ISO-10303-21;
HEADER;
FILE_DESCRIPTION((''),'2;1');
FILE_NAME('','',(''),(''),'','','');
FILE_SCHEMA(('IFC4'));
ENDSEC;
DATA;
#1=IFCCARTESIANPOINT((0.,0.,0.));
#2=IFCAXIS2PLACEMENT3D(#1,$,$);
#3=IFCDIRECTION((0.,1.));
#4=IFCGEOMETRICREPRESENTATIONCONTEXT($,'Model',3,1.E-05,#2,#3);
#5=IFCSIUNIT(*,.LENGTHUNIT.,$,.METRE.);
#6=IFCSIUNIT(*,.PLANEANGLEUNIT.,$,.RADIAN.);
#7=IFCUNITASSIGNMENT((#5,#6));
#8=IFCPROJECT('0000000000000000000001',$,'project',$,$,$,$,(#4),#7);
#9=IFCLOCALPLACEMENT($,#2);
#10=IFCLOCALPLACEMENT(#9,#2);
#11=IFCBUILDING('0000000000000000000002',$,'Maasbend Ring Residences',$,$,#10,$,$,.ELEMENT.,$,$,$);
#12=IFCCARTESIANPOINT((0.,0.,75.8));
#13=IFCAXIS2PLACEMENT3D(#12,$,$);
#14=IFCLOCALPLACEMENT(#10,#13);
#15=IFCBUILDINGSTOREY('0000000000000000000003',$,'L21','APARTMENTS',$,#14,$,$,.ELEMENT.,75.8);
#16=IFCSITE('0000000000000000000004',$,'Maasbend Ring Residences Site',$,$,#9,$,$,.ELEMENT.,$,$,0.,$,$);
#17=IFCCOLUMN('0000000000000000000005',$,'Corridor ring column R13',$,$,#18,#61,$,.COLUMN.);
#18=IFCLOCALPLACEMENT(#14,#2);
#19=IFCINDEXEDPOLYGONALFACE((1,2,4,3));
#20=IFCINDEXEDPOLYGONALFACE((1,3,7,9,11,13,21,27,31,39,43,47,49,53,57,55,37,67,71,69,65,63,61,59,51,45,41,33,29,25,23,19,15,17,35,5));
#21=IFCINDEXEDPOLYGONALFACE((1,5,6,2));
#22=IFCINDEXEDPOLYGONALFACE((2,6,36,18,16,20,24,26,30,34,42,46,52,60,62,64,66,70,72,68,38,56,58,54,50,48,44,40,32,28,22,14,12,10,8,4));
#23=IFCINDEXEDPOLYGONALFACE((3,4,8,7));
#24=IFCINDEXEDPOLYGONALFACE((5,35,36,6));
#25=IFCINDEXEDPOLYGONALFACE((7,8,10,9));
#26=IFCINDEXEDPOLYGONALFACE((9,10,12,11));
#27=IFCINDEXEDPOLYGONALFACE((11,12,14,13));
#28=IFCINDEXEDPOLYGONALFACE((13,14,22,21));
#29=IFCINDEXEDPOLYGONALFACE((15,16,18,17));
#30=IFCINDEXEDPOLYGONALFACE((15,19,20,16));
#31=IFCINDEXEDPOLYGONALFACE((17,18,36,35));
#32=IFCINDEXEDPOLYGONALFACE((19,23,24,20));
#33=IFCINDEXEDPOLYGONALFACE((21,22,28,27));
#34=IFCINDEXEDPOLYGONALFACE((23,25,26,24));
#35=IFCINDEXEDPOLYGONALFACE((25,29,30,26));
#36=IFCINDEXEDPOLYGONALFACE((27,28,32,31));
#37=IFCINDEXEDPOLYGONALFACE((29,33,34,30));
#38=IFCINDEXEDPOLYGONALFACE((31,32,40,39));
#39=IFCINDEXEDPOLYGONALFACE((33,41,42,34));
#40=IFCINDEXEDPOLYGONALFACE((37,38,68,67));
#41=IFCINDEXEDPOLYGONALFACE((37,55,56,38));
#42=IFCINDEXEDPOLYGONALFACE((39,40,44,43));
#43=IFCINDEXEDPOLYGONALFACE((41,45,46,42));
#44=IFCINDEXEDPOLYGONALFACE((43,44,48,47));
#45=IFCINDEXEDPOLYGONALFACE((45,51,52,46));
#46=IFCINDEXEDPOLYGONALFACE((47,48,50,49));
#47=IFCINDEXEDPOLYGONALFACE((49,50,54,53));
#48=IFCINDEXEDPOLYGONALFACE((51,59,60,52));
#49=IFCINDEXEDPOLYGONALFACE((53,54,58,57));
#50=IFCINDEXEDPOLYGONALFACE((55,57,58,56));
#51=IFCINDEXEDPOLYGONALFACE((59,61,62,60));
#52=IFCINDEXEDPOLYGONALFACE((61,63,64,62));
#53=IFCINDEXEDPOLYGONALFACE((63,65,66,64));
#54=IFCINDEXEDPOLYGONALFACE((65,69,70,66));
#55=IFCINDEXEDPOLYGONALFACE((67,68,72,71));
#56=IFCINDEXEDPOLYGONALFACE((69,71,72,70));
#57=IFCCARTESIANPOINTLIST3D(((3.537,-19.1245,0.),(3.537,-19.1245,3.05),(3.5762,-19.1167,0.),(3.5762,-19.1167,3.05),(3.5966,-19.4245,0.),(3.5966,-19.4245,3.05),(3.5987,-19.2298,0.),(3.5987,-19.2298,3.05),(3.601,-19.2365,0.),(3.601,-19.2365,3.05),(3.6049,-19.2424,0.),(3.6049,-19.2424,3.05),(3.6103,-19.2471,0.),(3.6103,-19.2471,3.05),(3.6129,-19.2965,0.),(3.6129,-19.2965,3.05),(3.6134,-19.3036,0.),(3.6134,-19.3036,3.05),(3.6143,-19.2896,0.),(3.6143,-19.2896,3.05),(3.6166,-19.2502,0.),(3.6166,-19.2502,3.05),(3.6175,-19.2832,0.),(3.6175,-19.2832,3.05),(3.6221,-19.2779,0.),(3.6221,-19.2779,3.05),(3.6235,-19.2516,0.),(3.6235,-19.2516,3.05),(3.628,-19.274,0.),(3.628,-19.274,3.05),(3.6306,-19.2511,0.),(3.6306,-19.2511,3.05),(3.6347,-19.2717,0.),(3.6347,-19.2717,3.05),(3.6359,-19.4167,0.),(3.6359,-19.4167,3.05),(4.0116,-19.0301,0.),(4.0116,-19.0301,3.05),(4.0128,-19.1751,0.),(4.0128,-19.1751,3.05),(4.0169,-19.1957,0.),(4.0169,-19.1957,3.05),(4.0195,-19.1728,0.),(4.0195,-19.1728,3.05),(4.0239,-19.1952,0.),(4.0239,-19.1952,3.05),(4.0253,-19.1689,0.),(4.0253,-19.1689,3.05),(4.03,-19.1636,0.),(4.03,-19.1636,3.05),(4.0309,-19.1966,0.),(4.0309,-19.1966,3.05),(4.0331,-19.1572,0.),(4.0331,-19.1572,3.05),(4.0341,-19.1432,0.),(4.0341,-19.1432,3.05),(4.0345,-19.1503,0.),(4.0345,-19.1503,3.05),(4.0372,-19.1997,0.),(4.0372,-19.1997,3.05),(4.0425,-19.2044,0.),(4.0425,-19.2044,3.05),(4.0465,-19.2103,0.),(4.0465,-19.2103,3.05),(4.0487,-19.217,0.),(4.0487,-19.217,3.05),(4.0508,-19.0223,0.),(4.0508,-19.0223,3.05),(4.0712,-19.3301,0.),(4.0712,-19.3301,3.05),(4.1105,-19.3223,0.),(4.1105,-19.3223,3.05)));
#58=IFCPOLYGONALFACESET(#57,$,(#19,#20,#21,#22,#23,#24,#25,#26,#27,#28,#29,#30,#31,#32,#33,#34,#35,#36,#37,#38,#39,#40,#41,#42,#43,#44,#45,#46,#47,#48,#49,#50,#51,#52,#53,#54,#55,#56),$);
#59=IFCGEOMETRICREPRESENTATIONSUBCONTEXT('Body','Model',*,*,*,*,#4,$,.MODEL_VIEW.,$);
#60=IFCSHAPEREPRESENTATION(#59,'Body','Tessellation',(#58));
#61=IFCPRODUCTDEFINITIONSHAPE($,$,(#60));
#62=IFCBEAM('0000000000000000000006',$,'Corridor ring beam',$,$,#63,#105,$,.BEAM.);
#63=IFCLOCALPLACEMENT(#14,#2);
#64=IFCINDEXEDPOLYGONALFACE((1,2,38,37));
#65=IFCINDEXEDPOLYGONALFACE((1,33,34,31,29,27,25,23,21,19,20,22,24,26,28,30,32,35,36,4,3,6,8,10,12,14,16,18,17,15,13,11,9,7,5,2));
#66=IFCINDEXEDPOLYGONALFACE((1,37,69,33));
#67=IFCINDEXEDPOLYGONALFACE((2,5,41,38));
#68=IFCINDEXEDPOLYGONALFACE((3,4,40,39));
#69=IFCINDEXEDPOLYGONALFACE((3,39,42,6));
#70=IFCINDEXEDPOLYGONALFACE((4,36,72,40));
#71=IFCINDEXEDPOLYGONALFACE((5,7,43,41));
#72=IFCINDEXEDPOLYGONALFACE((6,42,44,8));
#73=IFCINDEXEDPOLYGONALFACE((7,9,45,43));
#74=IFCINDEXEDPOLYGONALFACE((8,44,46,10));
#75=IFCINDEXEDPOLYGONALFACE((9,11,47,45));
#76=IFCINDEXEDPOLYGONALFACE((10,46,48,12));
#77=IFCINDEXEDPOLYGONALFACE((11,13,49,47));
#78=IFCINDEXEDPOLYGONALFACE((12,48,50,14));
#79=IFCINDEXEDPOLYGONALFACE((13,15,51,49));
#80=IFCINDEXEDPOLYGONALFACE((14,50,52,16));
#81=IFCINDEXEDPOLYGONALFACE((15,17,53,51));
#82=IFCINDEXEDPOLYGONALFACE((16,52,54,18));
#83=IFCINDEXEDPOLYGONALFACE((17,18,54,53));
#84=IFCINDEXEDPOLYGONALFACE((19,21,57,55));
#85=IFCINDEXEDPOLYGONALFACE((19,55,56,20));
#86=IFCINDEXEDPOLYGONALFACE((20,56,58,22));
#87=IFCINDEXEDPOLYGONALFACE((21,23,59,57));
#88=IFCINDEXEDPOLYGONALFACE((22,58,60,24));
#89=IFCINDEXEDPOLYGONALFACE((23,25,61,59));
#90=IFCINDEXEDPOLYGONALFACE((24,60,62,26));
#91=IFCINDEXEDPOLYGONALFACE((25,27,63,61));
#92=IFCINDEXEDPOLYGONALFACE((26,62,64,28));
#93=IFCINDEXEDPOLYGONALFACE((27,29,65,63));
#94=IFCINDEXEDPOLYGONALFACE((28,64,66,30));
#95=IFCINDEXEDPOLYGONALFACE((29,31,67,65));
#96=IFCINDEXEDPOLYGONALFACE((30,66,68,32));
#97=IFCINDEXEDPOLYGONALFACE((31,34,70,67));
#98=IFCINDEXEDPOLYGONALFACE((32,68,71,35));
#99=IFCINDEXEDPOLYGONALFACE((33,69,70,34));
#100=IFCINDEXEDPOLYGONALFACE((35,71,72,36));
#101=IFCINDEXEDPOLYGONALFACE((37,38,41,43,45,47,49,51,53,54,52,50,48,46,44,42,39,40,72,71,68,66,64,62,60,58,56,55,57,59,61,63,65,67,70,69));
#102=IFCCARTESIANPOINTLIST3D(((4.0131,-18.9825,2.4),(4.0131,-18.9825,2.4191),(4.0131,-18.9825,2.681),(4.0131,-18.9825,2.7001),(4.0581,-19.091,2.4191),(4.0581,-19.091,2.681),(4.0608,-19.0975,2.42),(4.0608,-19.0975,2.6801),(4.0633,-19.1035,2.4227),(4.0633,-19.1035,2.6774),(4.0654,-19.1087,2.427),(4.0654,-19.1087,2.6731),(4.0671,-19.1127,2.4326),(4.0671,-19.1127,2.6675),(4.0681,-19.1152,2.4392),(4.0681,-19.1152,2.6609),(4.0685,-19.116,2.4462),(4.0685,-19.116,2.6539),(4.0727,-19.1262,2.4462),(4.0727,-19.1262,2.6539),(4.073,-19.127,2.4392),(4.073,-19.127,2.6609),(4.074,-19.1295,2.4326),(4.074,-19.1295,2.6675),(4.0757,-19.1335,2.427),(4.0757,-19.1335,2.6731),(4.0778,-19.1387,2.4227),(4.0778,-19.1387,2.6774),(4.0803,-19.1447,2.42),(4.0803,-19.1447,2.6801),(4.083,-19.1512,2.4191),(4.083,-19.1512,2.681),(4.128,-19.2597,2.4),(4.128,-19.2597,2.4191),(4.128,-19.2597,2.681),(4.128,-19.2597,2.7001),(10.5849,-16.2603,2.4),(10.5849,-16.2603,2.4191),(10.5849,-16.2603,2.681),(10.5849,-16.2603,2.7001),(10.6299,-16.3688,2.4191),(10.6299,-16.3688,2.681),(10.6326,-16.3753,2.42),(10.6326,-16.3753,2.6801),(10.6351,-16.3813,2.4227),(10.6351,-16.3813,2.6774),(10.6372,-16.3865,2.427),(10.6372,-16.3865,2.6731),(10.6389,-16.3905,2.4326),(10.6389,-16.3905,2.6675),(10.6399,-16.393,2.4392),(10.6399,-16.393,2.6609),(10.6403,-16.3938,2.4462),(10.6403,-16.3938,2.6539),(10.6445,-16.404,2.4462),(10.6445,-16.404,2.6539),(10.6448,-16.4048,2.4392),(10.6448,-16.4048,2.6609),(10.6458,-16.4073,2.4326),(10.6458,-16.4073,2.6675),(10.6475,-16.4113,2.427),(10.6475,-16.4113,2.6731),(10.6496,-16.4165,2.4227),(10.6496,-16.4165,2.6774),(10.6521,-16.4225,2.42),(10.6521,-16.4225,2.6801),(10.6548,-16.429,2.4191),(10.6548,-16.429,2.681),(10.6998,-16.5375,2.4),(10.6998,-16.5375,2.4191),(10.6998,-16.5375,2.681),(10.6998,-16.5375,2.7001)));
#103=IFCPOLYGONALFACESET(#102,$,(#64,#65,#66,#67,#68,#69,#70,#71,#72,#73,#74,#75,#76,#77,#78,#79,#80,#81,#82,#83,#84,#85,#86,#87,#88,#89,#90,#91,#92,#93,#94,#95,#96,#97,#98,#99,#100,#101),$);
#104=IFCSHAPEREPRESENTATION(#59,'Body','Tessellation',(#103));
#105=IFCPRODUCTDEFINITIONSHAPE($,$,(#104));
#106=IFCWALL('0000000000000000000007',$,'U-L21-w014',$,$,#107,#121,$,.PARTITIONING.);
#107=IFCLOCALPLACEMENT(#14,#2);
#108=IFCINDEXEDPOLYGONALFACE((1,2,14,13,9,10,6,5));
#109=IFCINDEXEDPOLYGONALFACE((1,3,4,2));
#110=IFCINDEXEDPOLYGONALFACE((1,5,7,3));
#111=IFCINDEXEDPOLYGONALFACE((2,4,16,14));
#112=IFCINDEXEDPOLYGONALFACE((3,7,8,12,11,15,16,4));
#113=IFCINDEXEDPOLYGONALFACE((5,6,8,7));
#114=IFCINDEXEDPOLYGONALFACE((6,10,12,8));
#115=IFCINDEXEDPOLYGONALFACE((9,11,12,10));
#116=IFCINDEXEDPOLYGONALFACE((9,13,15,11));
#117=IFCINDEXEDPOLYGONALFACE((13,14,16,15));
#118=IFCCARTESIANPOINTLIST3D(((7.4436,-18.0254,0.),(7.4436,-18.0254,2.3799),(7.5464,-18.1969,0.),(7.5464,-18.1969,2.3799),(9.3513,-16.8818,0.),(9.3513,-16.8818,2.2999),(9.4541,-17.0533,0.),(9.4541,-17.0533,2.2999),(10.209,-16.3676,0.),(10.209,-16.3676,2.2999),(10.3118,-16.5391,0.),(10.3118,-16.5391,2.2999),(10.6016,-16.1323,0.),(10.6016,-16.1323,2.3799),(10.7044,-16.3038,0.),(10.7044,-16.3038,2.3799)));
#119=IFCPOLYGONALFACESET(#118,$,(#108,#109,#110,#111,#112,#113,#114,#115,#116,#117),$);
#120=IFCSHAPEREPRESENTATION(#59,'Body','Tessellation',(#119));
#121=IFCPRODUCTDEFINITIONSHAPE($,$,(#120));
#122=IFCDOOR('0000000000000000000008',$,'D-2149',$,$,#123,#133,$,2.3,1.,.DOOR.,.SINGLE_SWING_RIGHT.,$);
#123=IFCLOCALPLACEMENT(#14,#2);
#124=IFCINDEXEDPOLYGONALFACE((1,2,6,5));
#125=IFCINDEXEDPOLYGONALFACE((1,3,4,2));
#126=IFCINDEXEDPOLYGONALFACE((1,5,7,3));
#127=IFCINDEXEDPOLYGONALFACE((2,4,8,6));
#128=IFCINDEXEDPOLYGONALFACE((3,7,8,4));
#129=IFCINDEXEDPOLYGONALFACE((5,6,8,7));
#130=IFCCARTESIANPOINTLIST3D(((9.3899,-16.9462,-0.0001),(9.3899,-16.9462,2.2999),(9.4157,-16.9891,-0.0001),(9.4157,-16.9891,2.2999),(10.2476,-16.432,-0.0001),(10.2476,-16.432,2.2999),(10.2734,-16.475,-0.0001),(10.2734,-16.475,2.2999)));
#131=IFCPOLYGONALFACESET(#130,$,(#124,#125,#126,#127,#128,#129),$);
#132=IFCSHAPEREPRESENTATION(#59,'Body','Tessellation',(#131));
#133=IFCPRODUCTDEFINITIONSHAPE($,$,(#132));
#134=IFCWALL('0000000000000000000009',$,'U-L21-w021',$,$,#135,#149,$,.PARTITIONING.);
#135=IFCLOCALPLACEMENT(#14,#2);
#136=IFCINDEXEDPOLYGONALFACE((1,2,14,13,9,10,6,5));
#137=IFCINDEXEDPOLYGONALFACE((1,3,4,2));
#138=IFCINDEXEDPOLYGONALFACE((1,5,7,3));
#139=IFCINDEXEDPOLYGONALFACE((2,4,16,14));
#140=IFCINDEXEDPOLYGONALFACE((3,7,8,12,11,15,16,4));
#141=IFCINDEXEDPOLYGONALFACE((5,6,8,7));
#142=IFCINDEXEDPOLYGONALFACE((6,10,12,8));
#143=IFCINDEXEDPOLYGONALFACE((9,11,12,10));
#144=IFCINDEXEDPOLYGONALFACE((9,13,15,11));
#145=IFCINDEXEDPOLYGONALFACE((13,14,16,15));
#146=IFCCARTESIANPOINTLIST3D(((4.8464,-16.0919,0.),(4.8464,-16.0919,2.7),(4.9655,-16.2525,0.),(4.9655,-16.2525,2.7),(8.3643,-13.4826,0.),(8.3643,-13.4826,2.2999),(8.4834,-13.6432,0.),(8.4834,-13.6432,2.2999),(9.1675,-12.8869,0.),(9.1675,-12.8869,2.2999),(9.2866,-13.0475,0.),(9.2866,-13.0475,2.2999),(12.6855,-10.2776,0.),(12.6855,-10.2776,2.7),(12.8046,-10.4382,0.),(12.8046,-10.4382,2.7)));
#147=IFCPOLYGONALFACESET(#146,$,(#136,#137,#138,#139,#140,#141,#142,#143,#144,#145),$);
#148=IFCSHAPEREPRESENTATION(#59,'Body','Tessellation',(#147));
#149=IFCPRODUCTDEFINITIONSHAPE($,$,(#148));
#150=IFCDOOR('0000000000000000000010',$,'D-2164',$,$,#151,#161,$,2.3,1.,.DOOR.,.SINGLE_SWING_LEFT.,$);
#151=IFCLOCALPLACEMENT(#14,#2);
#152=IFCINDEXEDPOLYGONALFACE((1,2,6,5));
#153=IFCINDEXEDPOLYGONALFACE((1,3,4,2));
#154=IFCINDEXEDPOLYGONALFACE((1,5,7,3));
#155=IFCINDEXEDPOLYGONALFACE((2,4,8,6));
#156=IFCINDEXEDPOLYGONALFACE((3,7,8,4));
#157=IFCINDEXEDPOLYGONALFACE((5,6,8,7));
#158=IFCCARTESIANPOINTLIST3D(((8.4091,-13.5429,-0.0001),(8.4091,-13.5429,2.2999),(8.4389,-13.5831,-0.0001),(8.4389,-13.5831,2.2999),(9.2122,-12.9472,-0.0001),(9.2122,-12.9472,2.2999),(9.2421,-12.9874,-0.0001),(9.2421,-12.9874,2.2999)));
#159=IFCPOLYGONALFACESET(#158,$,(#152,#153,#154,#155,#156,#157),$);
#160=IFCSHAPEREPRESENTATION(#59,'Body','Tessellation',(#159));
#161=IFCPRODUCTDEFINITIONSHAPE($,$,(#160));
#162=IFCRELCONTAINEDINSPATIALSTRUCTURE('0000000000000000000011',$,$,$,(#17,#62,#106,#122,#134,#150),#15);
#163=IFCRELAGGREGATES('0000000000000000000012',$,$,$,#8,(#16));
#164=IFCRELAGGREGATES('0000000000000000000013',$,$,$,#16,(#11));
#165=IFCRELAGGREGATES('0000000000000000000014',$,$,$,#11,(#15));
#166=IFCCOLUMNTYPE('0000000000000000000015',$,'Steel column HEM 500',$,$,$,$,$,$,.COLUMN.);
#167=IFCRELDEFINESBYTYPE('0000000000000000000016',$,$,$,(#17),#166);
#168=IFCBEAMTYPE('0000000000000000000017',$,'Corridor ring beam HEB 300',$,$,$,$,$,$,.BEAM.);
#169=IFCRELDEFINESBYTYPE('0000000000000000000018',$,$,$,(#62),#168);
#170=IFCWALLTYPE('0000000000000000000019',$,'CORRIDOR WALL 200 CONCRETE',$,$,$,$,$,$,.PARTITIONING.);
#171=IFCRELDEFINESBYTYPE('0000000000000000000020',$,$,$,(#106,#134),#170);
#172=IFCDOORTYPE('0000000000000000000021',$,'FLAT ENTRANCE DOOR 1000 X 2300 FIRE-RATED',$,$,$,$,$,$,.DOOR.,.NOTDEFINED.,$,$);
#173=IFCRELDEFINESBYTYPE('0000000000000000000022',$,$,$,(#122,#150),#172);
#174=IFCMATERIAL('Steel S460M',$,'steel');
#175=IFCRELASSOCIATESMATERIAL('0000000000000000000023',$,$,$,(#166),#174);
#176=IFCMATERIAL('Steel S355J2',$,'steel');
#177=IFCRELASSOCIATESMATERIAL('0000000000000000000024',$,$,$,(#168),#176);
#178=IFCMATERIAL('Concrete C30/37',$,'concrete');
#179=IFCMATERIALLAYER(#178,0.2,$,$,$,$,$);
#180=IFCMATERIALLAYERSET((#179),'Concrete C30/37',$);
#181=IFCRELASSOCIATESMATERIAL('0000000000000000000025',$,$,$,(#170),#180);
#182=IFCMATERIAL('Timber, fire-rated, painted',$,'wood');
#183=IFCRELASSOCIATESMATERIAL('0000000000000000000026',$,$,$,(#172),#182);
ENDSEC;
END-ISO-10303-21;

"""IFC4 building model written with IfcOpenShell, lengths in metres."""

from ifc_helpers import new_model, si_unit, direction, frame, frame_2d, origin, origin_2d, place, context, subcontext, project, spatial, rectangle, i_section, extrude, material, layer, layer_set, material_profile, profile_set, type_object, element, fill, save


model = new_model("IFC4")

# Units and contexts
model_context = context("Model", 3, precision=1e-05, world=origin(), true_north=direction((0.0, 1.0)))
body_context = subcontext(model_context, "Body", "Model", "MODEL_VIEW")
ifc_project = project(units=[si_unit("LENGTHUNIT", "METRE"), si_unit("PLANEANGLEUNIT", "RADIAN")], contexts=[model_context])

# Site, building, storey
site_placement = place(None, origin())
site = spatial("IfcSite", under=ifc_project, at=site_placement, Name="Maasbend Ring Residences Site", CompositionType="ELEMENT", RefElevation=0.0)
building_placement = place(site_placement, origin())
building = spatial("IfcBuilding", under=site, at=building_placement, Name="Maasbend Ring Residences", CompositionType="ELEMENT")
storey_placement = place(building_placement, frame((0.0, 0.0, 75.8)))
storey = spatial("IfcBuildingStorey", under=building, at=storey_placement, Name="L21", Description="APARTMENTS", CompositionType="ELEMENT", Elevation=75.8)

# Column
ifc_material_1 = material(Name="Steel S460M", Category="steel")
ifc_material_profile_1 = material_profile(ifc_material_1, i_section(OverallWidth=0.3059, OverallDepth=0.5239, WebThickness=0.021, FlangeThickness=0.04, FilletRadius=0.0271, at=origin_2d()), Name="HEM 500")
ifc_profile_set_1 = profile_set([ifc_material_profile_1], Name="Steel S460M")
column_type = type_object("IfcColumnType", Name="Steel column HEM 500", PredefinedType="COLUMN", material=ifc_profile_set_1)
column_placement = place(storey_placement, frame((3.8237, -19.2234, 0.0), z_axis=(0.0, 0.0, 1.0), x_axis=(0.19509, -0.980785, 0.0)))
element("IfcColumn", 1, at=column_placement, inside=storey, type_object=column_type, Name="Corridor ring column R13", PredefinedType="COLUMN", context=body_context, shape_type="SweptSolid", body=[
    extrude(i_section(OverallWidth=0.3059, OverallDepth=0.5239, WebThickness=0.021, FlangeThickness=0.04, FilletRadius=0.0271, at=origin_2d()), origin(), (0.0, 0.0, 1.0), 3.05),
])

# Beam
ifc_material_2 = material(Name="Steel S355J2", Category="steel")
ifc_material_profile_2 = material_profile(ifc_material_2, i_section(OverallWidth=0.3, OverallDepth=0.3, WebThickness=0.011, FlangeThickness=0.019, FilletRadius=0.0271, at=origin_2d()), Name="HEB 300")
ifc_profile_set_2 = profile_set([ifc_material_profile_2], Name="Steel S355J2")
beam_type = type_object("IfcBeamType", Name="Corridor ring beam HEB 300", PredefinedType="BEAM", material=ifc_profile_set_2)
beam_placement = place(storey_placement, frame((4.0706, -19.1211, 2.55), z_axis=(0.923877, 0.382689, 0.0), x_axis=(-0.382689, 0.923877, 0.0)))
element("IfcBeam", 2, at=beam_placement, inside=storey, type_object=beam_type, Name="Corridor ring beam", PredefinedType="BEAM", context=body_context, shape_type="SweptSolid", body=[
    extrude(i_section(OverallWidth=0.3, OverallDepth=0.3, WebThickness=0.011, FlangeThickness=0.019, FilletRadius=0.0271, at=origin_2d()), origin(), (0.0, 0.0, 1.0), 7.1133),
])

# Walls, openings, doors
ifc_material_3 = material(Name="Concrete C30/37", Category="concrete")
ifc_layer_1 = layer(ifc_material_3, 0.2)
ifc_layer_set_1 = layer_set([ifc_layer_1], Name="Concrete C30/37")
wall_type_1 = type_object("IfcWallType", Name="CORRIDOR WALL 200 CONCRETE", PredefinedType="PARTITIONING", material=ifc_layer_set_1)
wall_1_placement = place(storey_placement, frame((7.4951, -18.1111, 0.0), z_axis=(0.0, 0.0, 1.0), x_axis=(0.857698, 0.514154, 0.0)))
wall_1 = element("IfcWall", 3, at=wall_1_placement, inside=storey, type_object=wall_type_1, Name="U-L21-w014", PredefinedType="PARTITIONING", context=body_context, shape_type="SweptSolid", body=[
    extrude(rectangle(XDim=3.6819, YDim=0.2, at=frame_2d((1.8408, 0.0))), origin(), (0.0, 0.0, 1.0), 2.3799),
])
opening_1_placement = place(wall_1_placement, frame((2.2241, 0.0, 0.0)))
opening_1 = element("IfcOpeningElement", 4, at=opening_1_placement, cuts=wall_1, PredefinedType="OPENING", context=body_context, shape_type="SweptSolid", body=[
    extrude(rectangle(XDim=1.0, YDim=2.3, at=frame_2d((0.5, 1.1499))), frame((0.0, 0.1099, 0.0), z_axis=(0.0, -1.0, 0.0), x_axis=(1.0, 0.0, 0.0)), (0.0, 0.0, 1.0), 0.22),
])
ifc_material_4 = material(Name="Timber, fire-rated, painted", Category="wood")
door_type_1 = type_object("IfcDoorType", Name="FLAT ENTRANCE DOOR 1000 X 2300 FIRE-RATED", OperationType="NOTDEFINED", PredefinedType="DOOR", material=ifc_material_4)
door_1_placement = place(opening_1_placement, origin())
door_1 = element("IfcDoor", 5, at=door_1_placement, inside=storey, type_object=door_type_1, Name="D-2149", OperationType="SINGLE_SWING_RIGHT", OverallHeight=2.3, OverallWidth=1.0, PredefinedType="DOOR", context=body_context, shape_type="SweptSolid", body=[
    extrude(rectangle(XDim=1.0, YDim=2.3, at=frame_2d((0.5, 1.1499))), frame((0.0, 0.0249, 0.0), z_axis=(0.0, -1.0, 0.0), x_axis=(1.0, 0.0, 0.0)), (0.0, 0.0, 1.0), 0.05),
])
fill(opening_1, door_1)
wall_2_placement = place(storey_placement, frame((4.906, -16.1721, 0.0), z_axis=(0.0, 0.0, 1.0), x_axis=(0.803191, 0.595721, 0.0)))
wall_2 = element("IfcWall", 6, at=wall_2_placement, inside=storey, type_object=wall_type_1, Name="U-L21-w021", PredefinedType="PARTITIONING", context=body_context, shape_type="SweptSolid", body=[
    extrude(rectangle(XDim=9.76, YDim=0.2, at=frame_2d((4.8799, 0.0))), origin(), (0.0, 0.0, 1.0), 2.7),
])
opening_2_placement = place(wall_2_placement, frame((4.3799, 0.0, 0.0)))
opening_2 = element("IfcOpeningElement", 7, at=opening_2_placement, cuts=wall_2, PredefinedType="OPENING", context=body_context, shape_type="SweptSolid", body=[
    extrude(rectangle(XDim=1.0, YDim=2.3, at=frame_2d((0.5, 1.1499))), frame((0.0, 0.1099, 0.0), z_axis=(0.0, -1.0, 0.0), x_axis=(1.0, 0.0, 0.0)), (0.0, 0.0, 1.0), 0.22),
])
door_2_placement = place(opening_2_placement, origin())
door_2 = element("IfcDoor", 8, at=door_2_placement, inside=storey, type_object=door_type_1, Name="D-2164", OperationType="SINGLE_SWING_LEFT", OverallHeight=2.3, OverallWidth=1.0, PredefinedType="DOOR", context=body_context, shape_type="SweptSolid", body=[
    extrude(rectangle(XDim=1.0, YDim=2.3, at=frame_2d((0.5, 1.1499))), frame((0.0, 0.0249, 0.0), z_axis=(0.0, -1.0, 0.0), x_axis=(1.0, 0.0, 0.0)), (0.0, 0.0, 1.0), 0.05),
])
fill(opening_2, door_2)

save(model, "model.ifc")
